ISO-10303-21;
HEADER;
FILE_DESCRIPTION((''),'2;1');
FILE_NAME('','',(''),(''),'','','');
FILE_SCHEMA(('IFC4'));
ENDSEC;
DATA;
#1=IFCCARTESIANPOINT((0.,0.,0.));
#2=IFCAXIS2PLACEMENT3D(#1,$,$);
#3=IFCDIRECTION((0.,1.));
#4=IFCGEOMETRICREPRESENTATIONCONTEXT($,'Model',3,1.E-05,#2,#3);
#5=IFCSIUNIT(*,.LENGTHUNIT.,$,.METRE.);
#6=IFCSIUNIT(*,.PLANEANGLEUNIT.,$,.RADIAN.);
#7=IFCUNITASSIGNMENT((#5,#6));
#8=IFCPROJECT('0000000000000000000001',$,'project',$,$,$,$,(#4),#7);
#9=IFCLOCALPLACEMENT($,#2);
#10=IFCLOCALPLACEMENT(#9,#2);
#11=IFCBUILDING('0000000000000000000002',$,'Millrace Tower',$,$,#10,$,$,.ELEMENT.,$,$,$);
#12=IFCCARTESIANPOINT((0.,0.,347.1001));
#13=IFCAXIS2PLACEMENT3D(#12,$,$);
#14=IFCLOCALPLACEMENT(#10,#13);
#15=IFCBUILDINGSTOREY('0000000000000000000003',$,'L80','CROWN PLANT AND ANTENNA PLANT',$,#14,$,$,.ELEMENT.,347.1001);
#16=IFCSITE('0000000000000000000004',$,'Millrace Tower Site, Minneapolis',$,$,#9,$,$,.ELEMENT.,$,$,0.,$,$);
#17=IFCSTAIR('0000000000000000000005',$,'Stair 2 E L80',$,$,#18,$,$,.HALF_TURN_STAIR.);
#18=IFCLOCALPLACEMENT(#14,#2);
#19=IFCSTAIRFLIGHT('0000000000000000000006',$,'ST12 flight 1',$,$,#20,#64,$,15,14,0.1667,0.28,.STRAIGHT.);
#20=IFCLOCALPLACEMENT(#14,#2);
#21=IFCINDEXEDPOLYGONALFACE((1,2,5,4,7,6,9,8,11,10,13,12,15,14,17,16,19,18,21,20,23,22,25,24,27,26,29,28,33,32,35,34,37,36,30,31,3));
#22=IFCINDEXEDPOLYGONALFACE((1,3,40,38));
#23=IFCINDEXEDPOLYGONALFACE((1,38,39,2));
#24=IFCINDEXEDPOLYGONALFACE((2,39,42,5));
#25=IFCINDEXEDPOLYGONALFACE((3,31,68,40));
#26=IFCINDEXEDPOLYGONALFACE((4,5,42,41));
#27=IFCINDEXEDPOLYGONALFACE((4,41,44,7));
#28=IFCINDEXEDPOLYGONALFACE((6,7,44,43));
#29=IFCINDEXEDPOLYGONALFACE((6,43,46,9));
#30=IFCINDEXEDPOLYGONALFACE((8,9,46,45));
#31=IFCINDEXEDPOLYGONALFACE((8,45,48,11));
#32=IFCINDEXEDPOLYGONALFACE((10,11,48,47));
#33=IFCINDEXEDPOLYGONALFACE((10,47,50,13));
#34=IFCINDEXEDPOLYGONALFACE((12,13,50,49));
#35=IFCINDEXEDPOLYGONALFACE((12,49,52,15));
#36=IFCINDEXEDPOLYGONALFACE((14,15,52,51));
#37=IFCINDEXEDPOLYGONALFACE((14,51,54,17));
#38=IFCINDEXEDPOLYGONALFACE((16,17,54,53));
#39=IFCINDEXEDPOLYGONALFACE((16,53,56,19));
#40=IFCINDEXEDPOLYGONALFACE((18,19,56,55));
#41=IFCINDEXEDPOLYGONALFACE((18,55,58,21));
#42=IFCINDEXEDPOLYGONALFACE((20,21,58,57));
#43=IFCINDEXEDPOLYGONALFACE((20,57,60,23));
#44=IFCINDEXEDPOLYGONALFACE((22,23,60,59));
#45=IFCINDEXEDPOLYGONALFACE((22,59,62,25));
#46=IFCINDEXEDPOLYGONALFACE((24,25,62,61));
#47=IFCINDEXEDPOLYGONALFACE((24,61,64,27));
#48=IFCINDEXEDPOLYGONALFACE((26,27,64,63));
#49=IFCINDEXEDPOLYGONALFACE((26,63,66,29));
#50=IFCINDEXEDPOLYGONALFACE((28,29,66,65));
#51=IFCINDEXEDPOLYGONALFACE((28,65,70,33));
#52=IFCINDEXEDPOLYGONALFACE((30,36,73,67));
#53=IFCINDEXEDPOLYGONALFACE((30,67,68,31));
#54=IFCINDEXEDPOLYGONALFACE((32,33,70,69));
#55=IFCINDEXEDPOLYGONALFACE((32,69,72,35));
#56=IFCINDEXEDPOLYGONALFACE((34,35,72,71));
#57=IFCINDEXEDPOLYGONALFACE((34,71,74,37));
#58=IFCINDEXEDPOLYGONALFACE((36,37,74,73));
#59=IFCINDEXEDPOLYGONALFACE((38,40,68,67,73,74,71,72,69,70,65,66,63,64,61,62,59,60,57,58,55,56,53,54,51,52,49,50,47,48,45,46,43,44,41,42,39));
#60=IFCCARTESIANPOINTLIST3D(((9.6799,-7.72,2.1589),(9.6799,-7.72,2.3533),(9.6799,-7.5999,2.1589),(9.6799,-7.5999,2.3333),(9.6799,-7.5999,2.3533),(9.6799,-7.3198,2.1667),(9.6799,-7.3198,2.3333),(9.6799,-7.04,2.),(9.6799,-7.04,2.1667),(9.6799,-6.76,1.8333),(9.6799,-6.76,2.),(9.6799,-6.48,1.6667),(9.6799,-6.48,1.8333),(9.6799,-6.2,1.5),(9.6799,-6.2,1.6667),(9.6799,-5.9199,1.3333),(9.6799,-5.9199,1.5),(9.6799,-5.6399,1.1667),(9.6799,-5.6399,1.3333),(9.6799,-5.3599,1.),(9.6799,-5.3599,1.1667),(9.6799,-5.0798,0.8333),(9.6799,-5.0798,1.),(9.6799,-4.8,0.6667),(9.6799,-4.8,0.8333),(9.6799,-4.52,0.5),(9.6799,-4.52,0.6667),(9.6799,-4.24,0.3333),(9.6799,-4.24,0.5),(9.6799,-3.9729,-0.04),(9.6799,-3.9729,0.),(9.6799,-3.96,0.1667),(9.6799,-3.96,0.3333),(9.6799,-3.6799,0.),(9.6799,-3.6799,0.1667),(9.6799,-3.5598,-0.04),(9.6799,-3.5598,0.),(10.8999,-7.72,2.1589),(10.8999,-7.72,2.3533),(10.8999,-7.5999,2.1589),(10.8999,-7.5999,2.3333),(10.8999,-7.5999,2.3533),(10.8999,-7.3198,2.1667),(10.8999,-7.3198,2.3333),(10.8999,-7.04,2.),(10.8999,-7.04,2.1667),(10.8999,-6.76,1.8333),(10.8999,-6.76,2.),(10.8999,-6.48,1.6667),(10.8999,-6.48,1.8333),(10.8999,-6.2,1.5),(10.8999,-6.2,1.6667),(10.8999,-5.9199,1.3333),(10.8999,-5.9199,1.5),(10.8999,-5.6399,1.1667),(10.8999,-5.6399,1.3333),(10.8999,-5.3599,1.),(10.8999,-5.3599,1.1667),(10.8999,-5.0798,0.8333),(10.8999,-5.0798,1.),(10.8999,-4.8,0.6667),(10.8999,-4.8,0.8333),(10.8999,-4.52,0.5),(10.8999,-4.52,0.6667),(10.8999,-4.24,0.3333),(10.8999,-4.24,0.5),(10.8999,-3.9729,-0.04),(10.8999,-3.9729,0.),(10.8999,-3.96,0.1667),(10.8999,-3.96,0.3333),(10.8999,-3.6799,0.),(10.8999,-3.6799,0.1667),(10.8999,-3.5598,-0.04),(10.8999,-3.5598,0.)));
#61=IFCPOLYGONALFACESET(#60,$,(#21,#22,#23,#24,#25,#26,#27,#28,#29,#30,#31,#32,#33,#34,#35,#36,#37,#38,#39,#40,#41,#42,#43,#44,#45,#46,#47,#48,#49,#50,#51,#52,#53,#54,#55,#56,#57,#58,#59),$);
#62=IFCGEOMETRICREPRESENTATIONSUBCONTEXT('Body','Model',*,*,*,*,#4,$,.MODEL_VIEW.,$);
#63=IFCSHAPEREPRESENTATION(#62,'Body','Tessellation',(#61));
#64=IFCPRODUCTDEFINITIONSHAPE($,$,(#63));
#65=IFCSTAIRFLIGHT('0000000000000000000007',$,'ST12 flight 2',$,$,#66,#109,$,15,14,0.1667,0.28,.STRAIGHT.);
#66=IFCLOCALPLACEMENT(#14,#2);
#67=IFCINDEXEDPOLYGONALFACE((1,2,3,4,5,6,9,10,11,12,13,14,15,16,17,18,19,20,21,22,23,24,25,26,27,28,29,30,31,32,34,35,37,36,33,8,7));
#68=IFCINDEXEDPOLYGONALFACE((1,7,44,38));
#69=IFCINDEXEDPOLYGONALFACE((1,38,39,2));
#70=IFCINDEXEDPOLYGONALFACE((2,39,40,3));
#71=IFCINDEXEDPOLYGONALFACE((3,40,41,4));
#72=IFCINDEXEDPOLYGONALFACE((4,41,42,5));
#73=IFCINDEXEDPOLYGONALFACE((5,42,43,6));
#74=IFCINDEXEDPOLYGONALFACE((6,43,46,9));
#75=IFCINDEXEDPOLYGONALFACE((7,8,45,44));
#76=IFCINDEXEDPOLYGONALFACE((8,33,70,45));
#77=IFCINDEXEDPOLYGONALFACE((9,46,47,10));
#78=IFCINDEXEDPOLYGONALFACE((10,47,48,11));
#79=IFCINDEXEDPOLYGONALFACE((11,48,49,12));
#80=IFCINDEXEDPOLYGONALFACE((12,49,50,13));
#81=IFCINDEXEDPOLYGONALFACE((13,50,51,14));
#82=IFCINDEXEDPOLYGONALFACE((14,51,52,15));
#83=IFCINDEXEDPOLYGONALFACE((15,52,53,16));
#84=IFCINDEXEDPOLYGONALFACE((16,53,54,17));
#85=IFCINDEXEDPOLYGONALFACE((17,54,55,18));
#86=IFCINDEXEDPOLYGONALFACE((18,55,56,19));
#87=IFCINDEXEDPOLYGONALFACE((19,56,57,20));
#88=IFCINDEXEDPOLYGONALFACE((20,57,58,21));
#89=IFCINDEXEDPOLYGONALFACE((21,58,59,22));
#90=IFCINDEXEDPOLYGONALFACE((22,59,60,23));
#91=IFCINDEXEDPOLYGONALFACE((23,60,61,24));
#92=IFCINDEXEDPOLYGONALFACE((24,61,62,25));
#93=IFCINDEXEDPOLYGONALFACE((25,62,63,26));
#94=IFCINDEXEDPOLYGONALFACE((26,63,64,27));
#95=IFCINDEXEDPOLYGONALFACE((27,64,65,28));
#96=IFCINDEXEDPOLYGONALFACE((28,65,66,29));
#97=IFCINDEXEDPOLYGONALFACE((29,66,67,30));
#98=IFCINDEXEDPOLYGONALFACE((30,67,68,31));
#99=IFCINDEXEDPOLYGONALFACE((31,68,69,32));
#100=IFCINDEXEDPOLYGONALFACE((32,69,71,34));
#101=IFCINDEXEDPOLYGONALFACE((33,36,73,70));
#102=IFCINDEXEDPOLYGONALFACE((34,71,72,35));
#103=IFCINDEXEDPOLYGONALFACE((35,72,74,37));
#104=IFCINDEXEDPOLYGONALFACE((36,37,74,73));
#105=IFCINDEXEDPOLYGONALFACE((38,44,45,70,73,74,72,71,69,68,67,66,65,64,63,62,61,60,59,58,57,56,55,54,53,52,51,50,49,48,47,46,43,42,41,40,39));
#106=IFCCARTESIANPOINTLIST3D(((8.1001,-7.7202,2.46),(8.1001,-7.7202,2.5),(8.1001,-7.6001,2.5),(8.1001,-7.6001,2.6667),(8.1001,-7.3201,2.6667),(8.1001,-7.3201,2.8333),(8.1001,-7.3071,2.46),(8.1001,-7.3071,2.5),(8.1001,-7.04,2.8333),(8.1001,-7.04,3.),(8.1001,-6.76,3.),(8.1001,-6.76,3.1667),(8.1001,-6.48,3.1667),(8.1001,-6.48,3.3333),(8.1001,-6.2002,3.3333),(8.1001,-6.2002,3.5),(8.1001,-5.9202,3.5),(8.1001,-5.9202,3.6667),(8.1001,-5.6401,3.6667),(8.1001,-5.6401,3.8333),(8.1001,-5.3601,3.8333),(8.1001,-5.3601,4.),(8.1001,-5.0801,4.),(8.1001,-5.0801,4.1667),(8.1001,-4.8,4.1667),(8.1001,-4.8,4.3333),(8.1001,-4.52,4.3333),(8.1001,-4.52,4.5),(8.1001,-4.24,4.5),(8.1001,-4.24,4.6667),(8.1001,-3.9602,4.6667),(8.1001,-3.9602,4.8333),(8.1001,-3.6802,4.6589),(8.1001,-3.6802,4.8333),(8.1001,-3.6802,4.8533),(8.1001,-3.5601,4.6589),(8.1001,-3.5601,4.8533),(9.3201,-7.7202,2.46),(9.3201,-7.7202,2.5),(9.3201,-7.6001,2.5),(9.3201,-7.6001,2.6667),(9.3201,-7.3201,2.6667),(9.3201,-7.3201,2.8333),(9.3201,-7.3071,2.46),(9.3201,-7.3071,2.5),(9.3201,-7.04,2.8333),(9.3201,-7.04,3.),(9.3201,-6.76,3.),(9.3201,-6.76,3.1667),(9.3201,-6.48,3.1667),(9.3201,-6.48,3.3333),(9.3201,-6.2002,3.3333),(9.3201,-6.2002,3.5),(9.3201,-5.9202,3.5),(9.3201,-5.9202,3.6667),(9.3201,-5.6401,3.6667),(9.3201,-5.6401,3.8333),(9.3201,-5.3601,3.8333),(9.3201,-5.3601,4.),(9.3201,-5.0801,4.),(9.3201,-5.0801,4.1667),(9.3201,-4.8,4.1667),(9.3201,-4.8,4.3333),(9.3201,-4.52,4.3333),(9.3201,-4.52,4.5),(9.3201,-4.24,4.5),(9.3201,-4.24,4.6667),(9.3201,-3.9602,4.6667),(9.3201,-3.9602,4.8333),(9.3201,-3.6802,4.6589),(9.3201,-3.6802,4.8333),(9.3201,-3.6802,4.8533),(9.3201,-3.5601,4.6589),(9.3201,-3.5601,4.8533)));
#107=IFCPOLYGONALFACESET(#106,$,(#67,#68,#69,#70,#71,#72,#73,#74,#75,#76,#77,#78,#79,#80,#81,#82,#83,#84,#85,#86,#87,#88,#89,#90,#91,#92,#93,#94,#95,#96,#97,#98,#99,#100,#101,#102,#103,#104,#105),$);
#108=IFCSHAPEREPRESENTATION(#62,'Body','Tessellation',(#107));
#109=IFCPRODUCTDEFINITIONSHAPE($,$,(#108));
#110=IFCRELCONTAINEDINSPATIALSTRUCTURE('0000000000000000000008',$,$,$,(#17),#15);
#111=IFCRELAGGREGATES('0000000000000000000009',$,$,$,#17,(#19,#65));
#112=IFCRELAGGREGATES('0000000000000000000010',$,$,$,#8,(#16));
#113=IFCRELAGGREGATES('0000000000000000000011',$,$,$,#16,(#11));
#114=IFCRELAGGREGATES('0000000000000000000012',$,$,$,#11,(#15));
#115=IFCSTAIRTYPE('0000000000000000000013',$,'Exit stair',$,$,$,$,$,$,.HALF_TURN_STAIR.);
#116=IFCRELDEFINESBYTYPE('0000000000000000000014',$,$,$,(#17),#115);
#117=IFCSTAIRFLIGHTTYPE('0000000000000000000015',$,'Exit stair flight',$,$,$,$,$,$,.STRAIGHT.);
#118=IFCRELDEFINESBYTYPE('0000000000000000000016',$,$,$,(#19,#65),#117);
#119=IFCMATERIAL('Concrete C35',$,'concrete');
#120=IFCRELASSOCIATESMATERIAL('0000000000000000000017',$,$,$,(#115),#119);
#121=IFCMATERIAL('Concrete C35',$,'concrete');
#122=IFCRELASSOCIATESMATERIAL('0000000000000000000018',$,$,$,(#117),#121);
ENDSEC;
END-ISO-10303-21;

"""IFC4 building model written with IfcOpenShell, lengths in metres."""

from ifc_helpers import new_model, si_unit, direction, frame, origin, place, context, subcontext, project, spatial, polyline, outline, extrude, material, type_object, element, aggregate, save


model = new_model("IFC4")

# Units and contexts
model_context = context("Model", 3, precision=1e-05, world=origin(), true_north=direction((0.0, 1.0)))
body_context = subcontext(model_context, "Body", "Model", "MODEL_VIEW")
ifc_project = project(units=[si_unit("LENGTHUNIT", "METRE"), si_unit("PLANEANGLEUNIT", "RADIAN")], contexts=[model_context])

# Site, building, storey
site_placement = place(None, origin())
site = spatial("IfcSite", under=ifc_project, at=site_placement, Name="Millrace Tower Site, Minneapolis", CompositionType="ELEMENT", RefElevation=0.0)
building_placement = place(site_placement, origin())
building = spatial("IfcBuilding", under=site, at=building_placement, Name="Millrace Tower", CompositionType="ELEMENT")
storey_placement = place(building_placement, frame((0.0, 0.0, 347.1001)))
storey = spatial("IfcBuildingStorey", under=building, at=storey_placement, Name="L80", Description="CROWN PLANT AND ANTENNA PLANT", CompositionType="ELEMENT", Elevation=347.1001)

# Shared definitions
placement = place(storey_placement, origin())

# Stair, stair flights
ifc_material_1 = material(Name="Concrete C35", Category="concrete")
stair_type = type_object("IfcStairType", Name="Exit stair", PredefinedType="HALF_TURN_STAIR", material=ifc_material_1)
ifc_material_2 = material(Name="Concrete C35", Category="concrete")
stair_flight_type = type_object("IfcStairFlightType", Name="Exit stair flight", PredefinedType="STRAIGHT", material=ifc_material_2)
stair_1 = element("IfcStair", 1, at=placement, inside=storey, type_object=stair_type, Name="Stair 2 E L80", PredefinedType="HALF_TURN_STAIR")
stair_flight_1_placement = place(storey_placement, frame((10.29, -3.6799, 0.0), z_axis=(0.0, 0.0, 1.0), x_axis=(0.0, -1.0, 0.0)))
stair_flight_1 = element("IfcStairFlight", 2, at=stair_flight_1_placement, type_object=stair_flight_type, Name="ST12 flight 1", NumberOfRisers=15, NumberOfTreads=14, PredefinedType="STRAIGHT", RiserHeight=0.1667, TreadLength=0.28, context=body_context, shape_type="SweptSolid", body=[
    extrude(outline(polyline([(-0.1201, -0.04), (-0.1201, 0.0), (0.0, 0.0), (0.0, 0.1667), (0.28, 0.1667), (0.28, 0.3333), (0.5601, 0.3333), (0.5601, 0.5), (0.8401, 0.5), (0.8401, 0.6667), (1.1201, 0.6667), (1.1201, 0.8333), (1.3999, 0.8333), (1.3999, 1.0), (1.6799, 1.0), (1.6799, 1.1667), (1.96, 1.1667), (1.96, 1.3333), (2.24, 1.3333), (2.24, 1.5), (2.52, 1.5), (2.52, 1.6667), (2.8, 1.6667), (2.8, 1.8333), (3.0801, 1.8333), (3.0801, 2.0), (3.3601, 2.0), (3.3601, 2.1667), (3.6399, 2.1667), (3.6399, 2.3333), (3.9199, 2.3333), (3.9199, 2.3533), (4.04, 2.3533), (4.04, 2.1589), (3.9199, 2.1589), (0.293, 0.0), (0.293, -0.04), (-0.1201, -0.04)])), frame((0.0, 0.6099, 0.0), z_axis=(0.0, -1.0, 0.0), x_axis=(1.0, 0.0, 0.0)), (0.0, 0.0, 1.0), 1.22),
])
stair_flight_2_placement = place(storey_placement, frame((8.71, -7.6001, 2.5), z_axis=(0.0, 0.0, 1.0), x_axis=(0.0, 1.0, 0.0)))
stair_flight_2 = element("IfcStairFlight", 3, at=stair_flight_2_placement, type_object=stair_flight_type, Name="ST12 flight 2", NumberOfRisers=15, NumberOfTreads=14, PredefinedType="STRAIGHT", RiserHeight=0.1667, TreadLength=0.28, context=body_context, shape_type="SweptSolid", body=[
    extrude(outline(polyline([(-0.1201, -0.04), (-0.1201, 0.0), (0.0, 0.0), (0.0, 0.1667), (0.28, 0.1667), (0.28, 0.3333), (0.5601, 0.3333), (0.5601, 0.5), (0.8401, 0.5), (0.8401, 0.6667), (1.1201, 0.6667), (1.1201, 0.8333), (1.3999, 0.8333), (1.3999, 1.0), (1.6799, 1.0), (1.6799, 1.1667), (1.96, 1.1667), (1.96, 1.3333), (2.24, 1.3333), (2.24, 1.5), (2.52, 1.5), (2.52, 1.6667), (2.8, 1.6667), (2.8, 1.8333), (3.0801, 1.8333), (3.0801, 2.0), (3.3601, 2.0), (3.3601, 2.1667), (3.6399, 2.1667), (3.6399, 2.3333), (3.9199, 2.3333), (3.9199, 2.3533), (4.04, 2.3533), (4.04, 2.1589), (3.9199, 2.1589), (0.293, 0.0), (0.293, -0.04), (-0.1201, -0.04)])), frame((0.0, 0.6099, 0.0), z_axis=(0.0, -1.0, 0.0), x_axis=(1.0, 0.0, 0.0)), (0.0, 0.0, 1.0), 1.22),
])
aggregate(stair_1, [stair_flight_1, stair_flight_2])

save(model, "model.ifc")
